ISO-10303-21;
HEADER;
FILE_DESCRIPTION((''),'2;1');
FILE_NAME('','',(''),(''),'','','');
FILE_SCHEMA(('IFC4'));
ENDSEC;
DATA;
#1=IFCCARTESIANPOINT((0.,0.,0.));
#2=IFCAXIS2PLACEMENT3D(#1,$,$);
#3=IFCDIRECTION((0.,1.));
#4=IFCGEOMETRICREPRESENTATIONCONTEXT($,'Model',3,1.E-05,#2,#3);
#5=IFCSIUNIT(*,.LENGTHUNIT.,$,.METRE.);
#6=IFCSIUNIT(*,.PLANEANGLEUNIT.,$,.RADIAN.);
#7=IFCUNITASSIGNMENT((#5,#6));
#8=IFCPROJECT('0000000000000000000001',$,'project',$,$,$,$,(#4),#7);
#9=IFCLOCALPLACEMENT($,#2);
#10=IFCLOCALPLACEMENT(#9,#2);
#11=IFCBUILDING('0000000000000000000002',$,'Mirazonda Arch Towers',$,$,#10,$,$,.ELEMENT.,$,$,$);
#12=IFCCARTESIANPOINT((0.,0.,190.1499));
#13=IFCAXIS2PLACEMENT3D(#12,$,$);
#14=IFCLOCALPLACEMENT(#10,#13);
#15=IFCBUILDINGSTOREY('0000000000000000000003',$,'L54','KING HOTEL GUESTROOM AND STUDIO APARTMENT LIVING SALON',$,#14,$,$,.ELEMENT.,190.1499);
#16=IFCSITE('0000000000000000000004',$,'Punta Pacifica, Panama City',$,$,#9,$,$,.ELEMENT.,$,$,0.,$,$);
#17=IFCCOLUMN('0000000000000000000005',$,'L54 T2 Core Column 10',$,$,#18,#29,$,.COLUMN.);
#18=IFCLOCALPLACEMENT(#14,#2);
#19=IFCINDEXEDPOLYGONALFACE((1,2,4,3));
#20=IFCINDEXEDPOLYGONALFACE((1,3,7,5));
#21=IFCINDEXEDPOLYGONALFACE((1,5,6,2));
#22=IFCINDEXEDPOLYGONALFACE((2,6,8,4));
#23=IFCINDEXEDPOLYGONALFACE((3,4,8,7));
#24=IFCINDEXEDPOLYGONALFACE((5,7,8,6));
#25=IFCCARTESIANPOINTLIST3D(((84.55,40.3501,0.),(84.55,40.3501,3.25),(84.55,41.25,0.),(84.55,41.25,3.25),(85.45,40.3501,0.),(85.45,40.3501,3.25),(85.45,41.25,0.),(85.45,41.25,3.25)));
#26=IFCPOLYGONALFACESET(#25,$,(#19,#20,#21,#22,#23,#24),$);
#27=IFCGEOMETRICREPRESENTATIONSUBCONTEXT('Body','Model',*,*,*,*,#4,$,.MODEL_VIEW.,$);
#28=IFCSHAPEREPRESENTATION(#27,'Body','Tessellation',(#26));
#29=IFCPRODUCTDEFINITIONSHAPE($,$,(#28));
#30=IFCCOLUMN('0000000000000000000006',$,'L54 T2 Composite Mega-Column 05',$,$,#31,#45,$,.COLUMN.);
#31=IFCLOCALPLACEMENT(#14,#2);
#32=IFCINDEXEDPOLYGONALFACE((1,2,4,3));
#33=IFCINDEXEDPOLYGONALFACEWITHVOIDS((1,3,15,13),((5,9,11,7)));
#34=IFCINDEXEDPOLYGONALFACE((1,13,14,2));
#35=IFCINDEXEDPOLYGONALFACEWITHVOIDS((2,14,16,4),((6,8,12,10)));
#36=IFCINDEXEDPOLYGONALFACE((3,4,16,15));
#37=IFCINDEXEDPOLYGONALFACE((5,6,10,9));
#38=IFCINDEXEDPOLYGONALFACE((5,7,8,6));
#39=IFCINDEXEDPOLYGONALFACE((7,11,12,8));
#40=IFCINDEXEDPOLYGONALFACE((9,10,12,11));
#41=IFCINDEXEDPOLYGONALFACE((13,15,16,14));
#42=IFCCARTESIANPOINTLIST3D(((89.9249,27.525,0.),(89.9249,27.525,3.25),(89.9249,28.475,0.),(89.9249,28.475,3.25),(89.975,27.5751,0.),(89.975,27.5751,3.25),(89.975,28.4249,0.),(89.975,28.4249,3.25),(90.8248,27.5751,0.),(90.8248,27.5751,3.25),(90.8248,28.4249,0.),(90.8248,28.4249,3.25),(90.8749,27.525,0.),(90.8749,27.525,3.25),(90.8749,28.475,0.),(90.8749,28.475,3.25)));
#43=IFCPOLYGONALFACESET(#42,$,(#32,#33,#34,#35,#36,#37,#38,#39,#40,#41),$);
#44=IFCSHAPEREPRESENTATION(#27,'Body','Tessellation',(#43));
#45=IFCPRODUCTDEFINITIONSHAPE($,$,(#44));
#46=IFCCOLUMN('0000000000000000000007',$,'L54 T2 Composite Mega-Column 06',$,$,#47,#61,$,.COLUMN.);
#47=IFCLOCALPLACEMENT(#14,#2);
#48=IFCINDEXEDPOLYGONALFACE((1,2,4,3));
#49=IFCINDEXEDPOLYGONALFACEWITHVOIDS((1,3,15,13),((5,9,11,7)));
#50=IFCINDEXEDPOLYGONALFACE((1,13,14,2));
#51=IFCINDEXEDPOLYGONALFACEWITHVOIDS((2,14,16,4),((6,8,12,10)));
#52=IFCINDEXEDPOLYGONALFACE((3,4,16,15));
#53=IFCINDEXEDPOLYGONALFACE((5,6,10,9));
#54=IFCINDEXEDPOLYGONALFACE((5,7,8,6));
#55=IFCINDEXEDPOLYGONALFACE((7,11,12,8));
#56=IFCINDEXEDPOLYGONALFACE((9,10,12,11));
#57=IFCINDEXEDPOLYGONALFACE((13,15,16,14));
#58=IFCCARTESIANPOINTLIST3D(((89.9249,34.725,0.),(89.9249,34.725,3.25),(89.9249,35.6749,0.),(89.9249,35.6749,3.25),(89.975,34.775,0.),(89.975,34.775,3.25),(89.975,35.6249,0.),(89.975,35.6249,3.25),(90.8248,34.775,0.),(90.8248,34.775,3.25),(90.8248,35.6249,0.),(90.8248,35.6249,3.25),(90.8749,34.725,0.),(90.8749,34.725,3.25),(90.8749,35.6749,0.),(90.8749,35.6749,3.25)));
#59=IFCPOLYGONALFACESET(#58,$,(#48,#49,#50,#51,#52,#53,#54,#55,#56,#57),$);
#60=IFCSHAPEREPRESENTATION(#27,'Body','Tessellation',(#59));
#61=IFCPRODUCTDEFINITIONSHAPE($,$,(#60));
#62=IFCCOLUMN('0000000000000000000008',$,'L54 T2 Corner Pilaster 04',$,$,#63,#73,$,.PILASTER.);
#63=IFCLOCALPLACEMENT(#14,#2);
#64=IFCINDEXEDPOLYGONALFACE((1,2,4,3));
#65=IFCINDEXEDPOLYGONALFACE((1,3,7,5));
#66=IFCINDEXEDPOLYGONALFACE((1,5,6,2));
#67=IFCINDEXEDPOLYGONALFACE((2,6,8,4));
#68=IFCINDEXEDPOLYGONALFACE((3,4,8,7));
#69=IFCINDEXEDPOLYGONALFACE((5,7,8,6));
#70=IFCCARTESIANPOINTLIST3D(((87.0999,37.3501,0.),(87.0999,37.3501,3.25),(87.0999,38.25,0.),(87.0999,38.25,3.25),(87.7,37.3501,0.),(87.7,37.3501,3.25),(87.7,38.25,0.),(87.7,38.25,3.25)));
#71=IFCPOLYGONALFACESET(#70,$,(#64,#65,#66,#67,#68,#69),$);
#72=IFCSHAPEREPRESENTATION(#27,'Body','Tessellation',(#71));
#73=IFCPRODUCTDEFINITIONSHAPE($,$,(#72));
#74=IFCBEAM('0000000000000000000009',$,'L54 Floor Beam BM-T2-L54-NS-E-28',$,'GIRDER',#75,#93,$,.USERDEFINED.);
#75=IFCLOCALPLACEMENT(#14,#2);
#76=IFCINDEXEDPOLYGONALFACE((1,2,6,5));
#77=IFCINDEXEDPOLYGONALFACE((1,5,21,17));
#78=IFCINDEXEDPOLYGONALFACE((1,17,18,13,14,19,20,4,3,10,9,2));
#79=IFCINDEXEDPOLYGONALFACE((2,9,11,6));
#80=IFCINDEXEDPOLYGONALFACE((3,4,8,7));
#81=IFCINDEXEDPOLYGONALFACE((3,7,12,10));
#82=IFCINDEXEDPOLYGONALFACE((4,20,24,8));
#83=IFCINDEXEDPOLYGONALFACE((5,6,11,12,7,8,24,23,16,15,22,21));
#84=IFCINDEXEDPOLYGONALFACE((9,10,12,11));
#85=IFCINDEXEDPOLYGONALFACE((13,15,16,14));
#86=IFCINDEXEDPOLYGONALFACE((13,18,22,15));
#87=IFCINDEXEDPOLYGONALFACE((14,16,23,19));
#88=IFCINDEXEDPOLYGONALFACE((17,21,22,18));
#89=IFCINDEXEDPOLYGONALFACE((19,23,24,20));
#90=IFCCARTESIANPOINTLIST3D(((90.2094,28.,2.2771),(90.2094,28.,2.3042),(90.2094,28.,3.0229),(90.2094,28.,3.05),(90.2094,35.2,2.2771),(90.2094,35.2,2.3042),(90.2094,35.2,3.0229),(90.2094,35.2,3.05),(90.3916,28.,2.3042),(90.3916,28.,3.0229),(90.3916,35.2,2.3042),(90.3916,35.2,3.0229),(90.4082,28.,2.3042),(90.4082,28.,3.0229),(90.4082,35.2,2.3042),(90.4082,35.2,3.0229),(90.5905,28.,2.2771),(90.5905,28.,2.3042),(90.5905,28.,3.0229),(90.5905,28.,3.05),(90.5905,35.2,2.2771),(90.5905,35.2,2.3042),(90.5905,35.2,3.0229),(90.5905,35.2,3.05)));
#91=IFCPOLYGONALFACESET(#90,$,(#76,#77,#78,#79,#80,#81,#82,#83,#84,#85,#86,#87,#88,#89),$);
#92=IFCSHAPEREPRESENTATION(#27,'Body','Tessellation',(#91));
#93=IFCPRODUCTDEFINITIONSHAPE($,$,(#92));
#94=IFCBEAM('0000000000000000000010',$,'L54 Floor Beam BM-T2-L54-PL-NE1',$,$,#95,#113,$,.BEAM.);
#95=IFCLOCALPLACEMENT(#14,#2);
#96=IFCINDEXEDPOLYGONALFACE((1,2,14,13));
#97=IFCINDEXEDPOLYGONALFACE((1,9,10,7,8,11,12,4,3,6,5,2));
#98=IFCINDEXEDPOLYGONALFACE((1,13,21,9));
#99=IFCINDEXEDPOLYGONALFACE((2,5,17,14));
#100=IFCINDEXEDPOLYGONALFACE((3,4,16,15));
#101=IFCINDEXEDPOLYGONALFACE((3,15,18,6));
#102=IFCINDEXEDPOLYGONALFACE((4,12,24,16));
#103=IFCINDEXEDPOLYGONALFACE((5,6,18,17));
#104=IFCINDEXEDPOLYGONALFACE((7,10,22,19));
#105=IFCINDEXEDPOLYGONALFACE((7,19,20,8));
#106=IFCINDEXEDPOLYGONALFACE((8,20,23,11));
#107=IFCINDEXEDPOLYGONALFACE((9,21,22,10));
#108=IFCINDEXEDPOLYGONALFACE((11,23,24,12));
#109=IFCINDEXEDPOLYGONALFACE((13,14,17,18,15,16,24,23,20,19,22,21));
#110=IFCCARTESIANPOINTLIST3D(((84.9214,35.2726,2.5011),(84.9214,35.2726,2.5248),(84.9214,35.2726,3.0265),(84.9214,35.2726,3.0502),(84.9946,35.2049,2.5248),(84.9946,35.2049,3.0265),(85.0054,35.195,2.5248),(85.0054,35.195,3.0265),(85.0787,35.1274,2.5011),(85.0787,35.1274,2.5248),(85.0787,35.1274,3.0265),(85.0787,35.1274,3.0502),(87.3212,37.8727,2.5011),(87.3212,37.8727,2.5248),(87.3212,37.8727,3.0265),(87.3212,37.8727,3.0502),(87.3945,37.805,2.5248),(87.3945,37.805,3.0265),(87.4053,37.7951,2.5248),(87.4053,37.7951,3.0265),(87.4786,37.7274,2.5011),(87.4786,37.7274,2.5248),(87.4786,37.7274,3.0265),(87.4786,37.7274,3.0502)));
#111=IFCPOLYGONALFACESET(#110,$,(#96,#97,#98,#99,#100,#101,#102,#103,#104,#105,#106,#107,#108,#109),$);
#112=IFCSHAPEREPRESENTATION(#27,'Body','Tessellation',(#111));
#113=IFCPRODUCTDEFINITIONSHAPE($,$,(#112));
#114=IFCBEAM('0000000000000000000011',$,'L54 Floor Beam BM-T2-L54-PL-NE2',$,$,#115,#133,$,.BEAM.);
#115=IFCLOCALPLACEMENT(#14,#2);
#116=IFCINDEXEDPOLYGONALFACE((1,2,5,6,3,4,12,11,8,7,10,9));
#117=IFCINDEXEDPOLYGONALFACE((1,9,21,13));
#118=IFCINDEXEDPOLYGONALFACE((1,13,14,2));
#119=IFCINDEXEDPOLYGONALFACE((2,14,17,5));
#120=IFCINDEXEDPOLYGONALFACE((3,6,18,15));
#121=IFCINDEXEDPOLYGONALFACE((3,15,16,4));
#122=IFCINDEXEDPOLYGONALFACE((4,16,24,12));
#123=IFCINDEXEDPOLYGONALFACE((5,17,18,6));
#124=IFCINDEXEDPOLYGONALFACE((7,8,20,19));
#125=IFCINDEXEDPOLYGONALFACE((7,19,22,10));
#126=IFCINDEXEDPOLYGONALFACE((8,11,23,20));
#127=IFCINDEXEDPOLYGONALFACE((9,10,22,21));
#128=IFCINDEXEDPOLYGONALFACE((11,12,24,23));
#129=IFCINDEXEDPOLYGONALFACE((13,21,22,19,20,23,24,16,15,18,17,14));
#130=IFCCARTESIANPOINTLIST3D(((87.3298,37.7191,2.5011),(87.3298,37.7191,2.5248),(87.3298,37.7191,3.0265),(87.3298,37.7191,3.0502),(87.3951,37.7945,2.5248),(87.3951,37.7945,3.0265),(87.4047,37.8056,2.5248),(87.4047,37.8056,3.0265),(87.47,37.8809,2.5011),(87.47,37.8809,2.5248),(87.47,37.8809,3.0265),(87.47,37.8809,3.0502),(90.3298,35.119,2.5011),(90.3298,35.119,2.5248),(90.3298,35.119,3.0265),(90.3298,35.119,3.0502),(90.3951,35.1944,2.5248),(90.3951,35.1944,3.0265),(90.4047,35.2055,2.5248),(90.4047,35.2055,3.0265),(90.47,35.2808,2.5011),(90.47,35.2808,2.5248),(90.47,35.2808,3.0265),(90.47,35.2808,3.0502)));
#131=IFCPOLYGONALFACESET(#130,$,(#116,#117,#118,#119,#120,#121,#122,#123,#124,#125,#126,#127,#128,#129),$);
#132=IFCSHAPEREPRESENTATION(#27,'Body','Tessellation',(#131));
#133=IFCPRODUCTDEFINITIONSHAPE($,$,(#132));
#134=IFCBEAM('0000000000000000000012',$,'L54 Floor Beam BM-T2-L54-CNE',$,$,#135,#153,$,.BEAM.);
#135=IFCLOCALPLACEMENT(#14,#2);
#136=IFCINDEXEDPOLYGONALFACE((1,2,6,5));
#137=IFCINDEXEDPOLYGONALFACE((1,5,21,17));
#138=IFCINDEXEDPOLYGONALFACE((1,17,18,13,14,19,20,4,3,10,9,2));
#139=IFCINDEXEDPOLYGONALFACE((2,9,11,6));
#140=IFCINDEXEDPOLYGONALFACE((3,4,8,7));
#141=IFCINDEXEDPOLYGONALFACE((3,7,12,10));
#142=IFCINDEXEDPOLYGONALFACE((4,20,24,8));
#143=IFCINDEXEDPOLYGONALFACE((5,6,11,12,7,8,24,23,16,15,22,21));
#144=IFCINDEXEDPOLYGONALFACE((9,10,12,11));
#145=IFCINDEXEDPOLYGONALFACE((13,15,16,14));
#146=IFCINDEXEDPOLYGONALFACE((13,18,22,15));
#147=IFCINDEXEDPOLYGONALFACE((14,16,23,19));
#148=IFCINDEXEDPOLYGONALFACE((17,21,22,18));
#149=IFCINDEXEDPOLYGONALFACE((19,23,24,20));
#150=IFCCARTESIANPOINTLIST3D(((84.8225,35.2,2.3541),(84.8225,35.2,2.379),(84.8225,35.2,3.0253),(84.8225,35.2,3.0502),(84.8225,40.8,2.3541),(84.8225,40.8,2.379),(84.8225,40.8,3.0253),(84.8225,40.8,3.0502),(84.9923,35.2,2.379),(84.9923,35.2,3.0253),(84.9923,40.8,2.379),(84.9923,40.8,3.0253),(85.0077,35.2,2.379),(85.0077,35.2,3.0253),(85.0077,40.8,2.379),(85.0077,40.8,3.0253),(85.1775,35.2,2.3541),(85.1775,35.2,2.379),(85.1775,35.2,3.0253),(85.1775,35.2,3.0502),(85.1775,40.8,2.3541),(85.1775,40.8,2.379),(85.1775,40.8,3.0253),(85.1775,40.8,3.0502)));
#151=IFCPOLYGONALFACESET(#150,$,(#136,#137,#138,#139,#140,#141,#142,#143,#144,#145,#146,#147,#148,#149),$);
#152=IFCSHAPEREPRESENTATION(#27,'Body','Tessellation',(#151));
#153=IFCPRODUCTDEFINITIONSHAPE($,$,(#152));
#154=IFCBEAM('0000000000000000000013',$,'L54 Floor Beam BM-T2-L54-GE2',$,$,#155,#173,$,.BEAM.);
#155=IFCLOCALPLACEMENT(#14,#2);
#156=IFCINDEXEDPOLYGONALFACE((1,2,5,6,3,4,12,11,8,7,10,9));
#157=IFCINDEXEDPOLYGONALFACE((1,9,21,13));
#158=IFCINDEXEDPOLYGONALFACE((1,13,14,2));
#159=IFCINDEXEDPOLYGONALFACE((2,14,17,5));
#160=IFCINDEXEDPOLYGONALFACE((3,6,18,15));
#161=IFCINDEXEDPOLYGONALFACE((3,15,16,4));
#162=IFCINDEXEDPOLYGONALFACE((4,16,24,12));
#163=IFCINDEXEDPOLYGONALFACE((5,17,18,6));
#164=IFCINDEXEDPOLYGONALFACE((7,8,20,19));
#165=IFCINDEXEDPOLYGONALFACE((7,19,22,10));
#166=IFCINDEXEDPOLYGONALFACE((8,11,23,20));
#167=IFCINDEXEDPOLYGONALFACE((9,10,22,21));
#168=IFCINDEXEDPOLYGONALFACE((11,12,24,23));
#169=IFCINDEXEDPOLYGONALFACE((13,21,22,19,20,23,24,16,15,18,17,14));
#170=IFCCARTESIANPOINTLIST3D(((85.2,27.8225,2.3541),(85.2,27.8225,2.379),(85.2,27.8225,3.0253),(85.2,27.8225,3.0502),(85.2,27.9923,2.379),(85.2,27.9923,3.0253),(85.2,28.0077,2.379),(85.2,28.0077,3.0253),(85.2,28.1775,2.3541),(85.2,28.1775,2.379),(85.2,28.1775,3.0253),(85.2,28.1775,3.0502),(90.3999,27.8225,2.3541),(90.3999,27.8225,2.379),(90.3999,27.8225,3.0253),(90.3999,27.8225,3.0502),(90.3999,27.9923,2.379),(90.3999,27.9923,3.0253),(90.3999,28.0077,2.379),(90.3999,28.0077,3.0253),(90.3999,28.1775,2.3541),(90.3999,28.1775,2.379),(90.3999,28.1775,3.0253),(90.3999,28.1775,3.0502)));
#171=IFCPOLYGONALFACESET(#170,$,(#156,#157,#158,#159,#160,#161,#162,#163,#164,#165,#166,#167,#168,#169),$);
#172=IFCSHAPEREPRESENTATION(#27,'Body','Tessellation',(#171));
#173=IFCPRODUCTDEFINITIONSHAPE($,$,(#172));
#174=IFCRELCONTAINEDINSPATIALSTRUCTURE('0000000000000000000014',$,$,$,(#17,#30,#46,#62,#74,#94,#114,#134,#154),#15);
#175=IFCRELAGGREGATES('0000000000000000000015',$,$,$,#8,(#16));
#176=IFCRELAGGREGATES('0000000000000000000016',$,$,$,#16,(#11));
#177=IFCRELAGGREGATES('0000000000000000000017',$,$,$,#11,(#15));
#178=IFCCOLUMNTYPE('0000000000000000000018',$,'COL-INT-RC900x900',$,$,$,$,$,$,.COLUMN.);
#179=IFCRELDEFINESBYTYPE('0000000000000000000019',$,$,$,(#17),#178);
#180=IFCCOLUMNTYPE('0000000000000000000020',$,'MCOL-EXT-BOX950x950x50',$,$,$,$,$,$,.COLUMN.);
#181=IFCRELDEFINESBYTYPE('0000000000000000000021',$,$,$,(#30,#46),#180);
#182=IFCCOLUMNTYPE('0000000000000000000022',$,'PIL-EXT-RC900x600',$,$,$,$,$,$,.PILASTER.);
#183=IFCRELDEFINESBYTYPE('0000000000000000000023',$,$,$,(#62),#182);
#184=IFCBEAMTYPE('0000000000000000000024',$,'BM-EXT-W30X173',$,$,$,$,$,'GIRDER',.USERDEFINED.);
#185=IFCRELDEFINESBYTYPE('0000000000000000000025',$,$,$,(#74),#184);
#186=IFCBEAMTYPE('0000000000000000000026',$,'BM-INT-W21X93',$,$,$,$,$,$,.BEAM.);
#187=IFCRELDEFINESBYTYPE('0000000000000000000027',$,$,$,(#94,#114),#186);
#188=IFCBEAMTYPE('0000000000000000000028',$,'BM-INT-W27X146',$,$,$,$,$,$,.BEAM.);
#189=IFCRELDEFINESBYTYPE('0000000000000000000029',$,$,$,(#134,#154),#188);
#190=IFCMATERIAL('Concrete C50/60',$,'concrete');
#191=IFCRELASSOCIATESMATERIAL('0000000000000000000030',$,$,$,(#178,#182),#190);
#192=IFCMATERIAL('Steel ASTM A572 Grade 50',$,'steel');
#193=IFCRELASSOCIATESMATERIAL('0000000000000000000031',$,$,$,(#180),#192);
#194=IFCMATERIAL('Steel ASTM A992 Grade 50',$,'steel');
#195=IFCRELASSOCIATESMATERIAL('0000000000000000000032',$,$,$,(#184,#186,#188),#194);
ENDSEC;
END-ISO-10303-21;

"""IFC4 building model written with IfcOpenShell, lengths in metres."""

from ifc_helpers import new_model, si_unit, direction, frame, origin, origin_2d, place, context, subcontext, project, spatial, rectangle, hollow_rectangle, i_section, extrude, material, material_profile, profile_set, type_object, element, save


model = new_model("IFC4")

# Units and contexts
model_context = context("Model", 3, precision=1e-05, world=origin(), true_north=direction((0.0, 1.0)))
body_context = subcontext(model_context, "Body", "Model", "MODEL_VIEW")
ifc_project = project(units=[si_unit("LENGTHUNIT", "METRE"), si_unit("PLANEANGLEUNIT", "RADIAN")], contexts=[model_context])

# Site, building, storey
site_placement = place(None, origin())
site = spatial("IfcSite", under=ifc_project, at=site_placement, Name="Punta Pacifica, Panama City", CompositionType="ELEMENT", RefElevation=0.0)
building_placement = place(site_placement, origin())
building = spatial("IfcBuilding", under=site, at=building_placement, Name="Mirazonda Arch Towers", CompositionType="ELEMENT")
storey_placement = place(building_placement, frame((0.0, 0.0, 190.1499)))
storey = spatial("IfcBuildingStorey", under=building, at=storey_placement, Name="L54", Description="KING HOTEL GUESTROOM AND STUDIO APARTMENT LIVING SALON", CompositionType="ELEMENT", Elevation=190.1499)

# Columns
ifc_material_1 = material(Name="Concrete C50/60", Category="concrete")
ifc_material_profile_1 = material_profile(ifc_material_1, rectangle(XDim=0.8999, YDim=0.8999, at=origin_2d()), Name="RC900x900")
ifc_profile_set_1 = profile_set([ifc_material_profile_1], Name="Concrete C50/60")
column_type_1 = type_object("IfcColumnType", Name="COL-INT-RC900x900", PredefinedType="COLUMN", material=ifc_profile_set_1)
column_1_placement = place(storey_placement, frame((85.0, 40.8, 0.0), z_axis=(0.0, 0.0, 1.0), x_axis=(1.0, 0.0, 0.0)))
element("IfcColumn", 1, at=column_1_placement, inside=storey, type_object=column_type_1, Name="L54 T2 Core Column 10", PredefinedType="COLUMN", context=body_context, shape_type="SweptSolid", body=[
    extrude(rectangle(XDim=0.8999, YDim=0.8999, at=origin_2d()), origin(), (0.0, 0.0, 1.0), 3.25),
])
ifc_material_2 = material(Name="Steel ASTM A572 Grade 50", Category="steel")
ifc_material_profile_2 = material_profile(ifc_material_2, hollow_rectangle(XDim=0.95, YDim=0.95, WallThickness=0.05, at=origin_2d()), Name="BOX950x950x50")
ifc_profile_set_2 = profile_set([ifc_material_profile_2], Name="Steel ASTM A572 Grade 50")
column_type_2 = type_object("IfcColumnType", Name="MCOL-EXT-BOX950x950x50", PredefinedType="COLUMN", material=ifc_profile_set_2)
for number, where, z_axis, x_axis, name in (
    (2, (90.3999, 28.0, 0.0), (0.0, 0.0, 1.0), (1.0, 0.0, 0.0), "L54 T2 Composite Mega-Column 05"),
    (3, (90.3999, 35.2, 0.0), (0.0, 0.0, 1.0), (1.0, 0.0, 0.0), "L54 T2 Composite Mega-Column 06"),
):
    element("IfcColumn", number, at=place(storey_placement, frame(where, z_axis=z_axis, x_axis=x_axis)), inside=storey, type_object=column_type_2, Name=name, PredefinedType="COLUMN", context=body_context, shape_type="SweptSolid", body=[
        extrude(hollow_rectangle(XDim=0.95, YDim=0.95, WallThickness=0.05, at=origin_2d()), origin(), (0.0, 0.0, 1.0), 3.25),
    ])
ifc_material_profile_3 = material_profile(ifc_material_1, rectangle(XDim=0.6001, YDim=0.8999, at=origin_2d()), Name="RC900x600")
ifc_profile_set_3 = profile_set([ifc_material_profile_3], Name="Concrete C50/60")
column_type_3 = type_object("IfcColumnType", Name="PIL-EXT-RC900x600", PredefinedType="PILASTER", material=ifc_profile_set_3)
column_2_placement = place(storey_placement, frame((87.3999, 37.8, 0.0), z_axis=(0.0, 0.0, 1.0), x_axis=(1.0, 0.0, 0.0)))
element("IfcColumn", 4, at=column_2_placement, inside=storey, type_object=column_type_3, Name="L54 T2 Corner Pilaster 04", PredefinedType="PILASTER", context=body_context, shape_type="SweptSolid", body=[
    extrude(rectangle(XDim=0.6001, YDim=0.8999, at=origin_2d()), origin(), (0.0, 0.0, 1.0), 3.25),
])

# Beams
ifc_material_3 = material(Name="Steel ASTM A992 Grade 50", Category="steel")
ifc_material_profile_4 = material_profile(ifc_material_3, i_section(OverallWidth=0.3811, OverallDepth=0.7729, WebThickness=0.0166, FlangeThickness=0.0271, at=origin_2d()), Name="W30X173")
ifc_profile_set_4 = profile_set([ifc_material_profile_4], Name="Steel ASTM A992 Grade 50")
beam_type_1 = type_object("IfcBeamType", Name="BM-EXT-W30X173", ElementType="GIRDER", PredefinedType="USERDEFINED", material=ifc_profile_set_4)
beam_1_placement = place(storey_placement, frame((90.3999, 28.0, 2.6636), z_axis=(0.0, 1.0, 0.0), x_axis=(-1.0, 0.0, 0.0)))
element("IfcBeam", 5, at=beam_1_placement, inside=storey, type_object=beam_type_1, Name="L54 Floor Beam BM-T2-L54-NS-E-28", ObjectType="GIRDER", PredefinedType="USERDEFINED", context=body_context, shape_type="SweptSolid", body=[
    extrude(i_section(OverallWidth=0.3811, OverallDepth=0.7729, WebThickness=0.0166, FlangeThickness=0.0271, at=origin_2d()), origin(), (0.0, 0.0, 1.0), 7.2),
])
ifc_material_profile_5 = material_profile(ifc_material_3, i_section(OverallWidth=0.2141, OverallDepth=0.5491, WebThickness=0.0146, FlangeThickness=0.0237, at=origin_2d()), Name="W21X93")
ifc_profile_set_5 = profile_set([ifc_material_profile_5], Name="Steel ASTM A992 Grade 50")
beam_type_2 = type_object("IfcBeamType", Name="BM-INT-W21X93", PredefinedType="BEAM", material=ifc_profile_set_5)
beam_2_placement = place(storey_placement, frame((87.3999, 37.8, 2.7756), z_axis=(-0.678251, -0.73483, 0.0), x_axis=(0.73483, -0.678251, 0.0)))
element("IfcBeam", 6, at=beam_2_placement, inside=storey, type_object=beam_type_2, Name="L54 Floor Beam BM-T2-L54-PL-NE1", PredefinedType="BEAM", context=body_context, shape_type="SweptSolid", body=[
    extrude(i_section(OverallWidth=0.2141, OverallDepth=0.5491, WebThickness=0.0146, FlangeThickness=0.0237, at=origin_2d()), origin(), (0.0, 0.0, 1.0), 3.5383),
])
beam_3_placement = place(storey_placement, frame((87.3999, 37.8, 2.7756), z_axis=(0.755677, -0.654945, 0.0), x_axis=(0.654945, 0.755677, 0.0)))
element("IfcBeam", 7, at=beam_3_placement, inside=storey, type_object=beam_type_2, Name="L54 Floor Beam BM-T2-L54-PL-NE2", PredefinedType="BEAM", context=body_context, shape_type="SweptSolid", body=[
    extrude(i_section(OverallWidth=0.2141, OverallDepth=0.5491, WebThickness=0.0146, FlangeThickness=0.0237, at=origin_2d()), origin(), (0.0, 0.0, 1.0), 3.97),
])
ifc_material_profile_6 = material_profile(ifc_material_3, i_section(OverallWidth=0.355, OverallDepth=0.696, WebThickness=0.0154, FlangeThickness=0.0249, at=origin_2d()), Name="W27X146")
ifc_profile_set_6 = profile_set([ifc_material_profile_6], Name="Steel ASTM A992 Grade 50")
beam_type_3 = type_object("IfcBeamType", Name="BM-INT-W27X146", PredefinedType="BEAM", material=ifc_profile_set_6)
beam_4_placement = place(storey_placement, frame((85.0, 35.2, 2.7021), z_axis=(0.0, 1.0, 0.0), x_axis=(-1.0, 0.0, 0.0)))
element("IfcBeam", 8, at=beam_4_placement, inside=storey, type_object=beam_type_3, Name="L54 Floor Beam BM-T2-L54-CNE", PredefinedType="BEAM", context=body_context, shape_type="SweptSolid", body=[
    extrude(i_section(OverallWidth=0.355, OverallDepth=0.696, WebThickness=0.0154, FlangeThickness=0.0249, at=origin_2d()), origin(), (0.0, 0.0, 1.0), 5.6001),
])
beam_5_placement = place(storey_placement, frame((85.2, 28.0, 2.7021), z_axis=(1.0, 0.0, 0.0), x_axis=(0.0, 1.0, 0.0)))
element("IfcBeam", 9, at=beam_5_placement, inside=storey, type_object=beam_type_3, Name="L54 Floor Beam BM-T2-L54-GE2", PredefinedType="BEAM", context=body_context, shape_type="SweptSolid", body=[
    extrude(i_section(OverallWidth=0.355, OverallDepth=0.696, WebThickness=0.0154, FlangeThickness=0.0249, at=origin_2d()), origin(), (0.0, 0.0, 1.0), 5.2),
])

save(model, "model.ifc")
